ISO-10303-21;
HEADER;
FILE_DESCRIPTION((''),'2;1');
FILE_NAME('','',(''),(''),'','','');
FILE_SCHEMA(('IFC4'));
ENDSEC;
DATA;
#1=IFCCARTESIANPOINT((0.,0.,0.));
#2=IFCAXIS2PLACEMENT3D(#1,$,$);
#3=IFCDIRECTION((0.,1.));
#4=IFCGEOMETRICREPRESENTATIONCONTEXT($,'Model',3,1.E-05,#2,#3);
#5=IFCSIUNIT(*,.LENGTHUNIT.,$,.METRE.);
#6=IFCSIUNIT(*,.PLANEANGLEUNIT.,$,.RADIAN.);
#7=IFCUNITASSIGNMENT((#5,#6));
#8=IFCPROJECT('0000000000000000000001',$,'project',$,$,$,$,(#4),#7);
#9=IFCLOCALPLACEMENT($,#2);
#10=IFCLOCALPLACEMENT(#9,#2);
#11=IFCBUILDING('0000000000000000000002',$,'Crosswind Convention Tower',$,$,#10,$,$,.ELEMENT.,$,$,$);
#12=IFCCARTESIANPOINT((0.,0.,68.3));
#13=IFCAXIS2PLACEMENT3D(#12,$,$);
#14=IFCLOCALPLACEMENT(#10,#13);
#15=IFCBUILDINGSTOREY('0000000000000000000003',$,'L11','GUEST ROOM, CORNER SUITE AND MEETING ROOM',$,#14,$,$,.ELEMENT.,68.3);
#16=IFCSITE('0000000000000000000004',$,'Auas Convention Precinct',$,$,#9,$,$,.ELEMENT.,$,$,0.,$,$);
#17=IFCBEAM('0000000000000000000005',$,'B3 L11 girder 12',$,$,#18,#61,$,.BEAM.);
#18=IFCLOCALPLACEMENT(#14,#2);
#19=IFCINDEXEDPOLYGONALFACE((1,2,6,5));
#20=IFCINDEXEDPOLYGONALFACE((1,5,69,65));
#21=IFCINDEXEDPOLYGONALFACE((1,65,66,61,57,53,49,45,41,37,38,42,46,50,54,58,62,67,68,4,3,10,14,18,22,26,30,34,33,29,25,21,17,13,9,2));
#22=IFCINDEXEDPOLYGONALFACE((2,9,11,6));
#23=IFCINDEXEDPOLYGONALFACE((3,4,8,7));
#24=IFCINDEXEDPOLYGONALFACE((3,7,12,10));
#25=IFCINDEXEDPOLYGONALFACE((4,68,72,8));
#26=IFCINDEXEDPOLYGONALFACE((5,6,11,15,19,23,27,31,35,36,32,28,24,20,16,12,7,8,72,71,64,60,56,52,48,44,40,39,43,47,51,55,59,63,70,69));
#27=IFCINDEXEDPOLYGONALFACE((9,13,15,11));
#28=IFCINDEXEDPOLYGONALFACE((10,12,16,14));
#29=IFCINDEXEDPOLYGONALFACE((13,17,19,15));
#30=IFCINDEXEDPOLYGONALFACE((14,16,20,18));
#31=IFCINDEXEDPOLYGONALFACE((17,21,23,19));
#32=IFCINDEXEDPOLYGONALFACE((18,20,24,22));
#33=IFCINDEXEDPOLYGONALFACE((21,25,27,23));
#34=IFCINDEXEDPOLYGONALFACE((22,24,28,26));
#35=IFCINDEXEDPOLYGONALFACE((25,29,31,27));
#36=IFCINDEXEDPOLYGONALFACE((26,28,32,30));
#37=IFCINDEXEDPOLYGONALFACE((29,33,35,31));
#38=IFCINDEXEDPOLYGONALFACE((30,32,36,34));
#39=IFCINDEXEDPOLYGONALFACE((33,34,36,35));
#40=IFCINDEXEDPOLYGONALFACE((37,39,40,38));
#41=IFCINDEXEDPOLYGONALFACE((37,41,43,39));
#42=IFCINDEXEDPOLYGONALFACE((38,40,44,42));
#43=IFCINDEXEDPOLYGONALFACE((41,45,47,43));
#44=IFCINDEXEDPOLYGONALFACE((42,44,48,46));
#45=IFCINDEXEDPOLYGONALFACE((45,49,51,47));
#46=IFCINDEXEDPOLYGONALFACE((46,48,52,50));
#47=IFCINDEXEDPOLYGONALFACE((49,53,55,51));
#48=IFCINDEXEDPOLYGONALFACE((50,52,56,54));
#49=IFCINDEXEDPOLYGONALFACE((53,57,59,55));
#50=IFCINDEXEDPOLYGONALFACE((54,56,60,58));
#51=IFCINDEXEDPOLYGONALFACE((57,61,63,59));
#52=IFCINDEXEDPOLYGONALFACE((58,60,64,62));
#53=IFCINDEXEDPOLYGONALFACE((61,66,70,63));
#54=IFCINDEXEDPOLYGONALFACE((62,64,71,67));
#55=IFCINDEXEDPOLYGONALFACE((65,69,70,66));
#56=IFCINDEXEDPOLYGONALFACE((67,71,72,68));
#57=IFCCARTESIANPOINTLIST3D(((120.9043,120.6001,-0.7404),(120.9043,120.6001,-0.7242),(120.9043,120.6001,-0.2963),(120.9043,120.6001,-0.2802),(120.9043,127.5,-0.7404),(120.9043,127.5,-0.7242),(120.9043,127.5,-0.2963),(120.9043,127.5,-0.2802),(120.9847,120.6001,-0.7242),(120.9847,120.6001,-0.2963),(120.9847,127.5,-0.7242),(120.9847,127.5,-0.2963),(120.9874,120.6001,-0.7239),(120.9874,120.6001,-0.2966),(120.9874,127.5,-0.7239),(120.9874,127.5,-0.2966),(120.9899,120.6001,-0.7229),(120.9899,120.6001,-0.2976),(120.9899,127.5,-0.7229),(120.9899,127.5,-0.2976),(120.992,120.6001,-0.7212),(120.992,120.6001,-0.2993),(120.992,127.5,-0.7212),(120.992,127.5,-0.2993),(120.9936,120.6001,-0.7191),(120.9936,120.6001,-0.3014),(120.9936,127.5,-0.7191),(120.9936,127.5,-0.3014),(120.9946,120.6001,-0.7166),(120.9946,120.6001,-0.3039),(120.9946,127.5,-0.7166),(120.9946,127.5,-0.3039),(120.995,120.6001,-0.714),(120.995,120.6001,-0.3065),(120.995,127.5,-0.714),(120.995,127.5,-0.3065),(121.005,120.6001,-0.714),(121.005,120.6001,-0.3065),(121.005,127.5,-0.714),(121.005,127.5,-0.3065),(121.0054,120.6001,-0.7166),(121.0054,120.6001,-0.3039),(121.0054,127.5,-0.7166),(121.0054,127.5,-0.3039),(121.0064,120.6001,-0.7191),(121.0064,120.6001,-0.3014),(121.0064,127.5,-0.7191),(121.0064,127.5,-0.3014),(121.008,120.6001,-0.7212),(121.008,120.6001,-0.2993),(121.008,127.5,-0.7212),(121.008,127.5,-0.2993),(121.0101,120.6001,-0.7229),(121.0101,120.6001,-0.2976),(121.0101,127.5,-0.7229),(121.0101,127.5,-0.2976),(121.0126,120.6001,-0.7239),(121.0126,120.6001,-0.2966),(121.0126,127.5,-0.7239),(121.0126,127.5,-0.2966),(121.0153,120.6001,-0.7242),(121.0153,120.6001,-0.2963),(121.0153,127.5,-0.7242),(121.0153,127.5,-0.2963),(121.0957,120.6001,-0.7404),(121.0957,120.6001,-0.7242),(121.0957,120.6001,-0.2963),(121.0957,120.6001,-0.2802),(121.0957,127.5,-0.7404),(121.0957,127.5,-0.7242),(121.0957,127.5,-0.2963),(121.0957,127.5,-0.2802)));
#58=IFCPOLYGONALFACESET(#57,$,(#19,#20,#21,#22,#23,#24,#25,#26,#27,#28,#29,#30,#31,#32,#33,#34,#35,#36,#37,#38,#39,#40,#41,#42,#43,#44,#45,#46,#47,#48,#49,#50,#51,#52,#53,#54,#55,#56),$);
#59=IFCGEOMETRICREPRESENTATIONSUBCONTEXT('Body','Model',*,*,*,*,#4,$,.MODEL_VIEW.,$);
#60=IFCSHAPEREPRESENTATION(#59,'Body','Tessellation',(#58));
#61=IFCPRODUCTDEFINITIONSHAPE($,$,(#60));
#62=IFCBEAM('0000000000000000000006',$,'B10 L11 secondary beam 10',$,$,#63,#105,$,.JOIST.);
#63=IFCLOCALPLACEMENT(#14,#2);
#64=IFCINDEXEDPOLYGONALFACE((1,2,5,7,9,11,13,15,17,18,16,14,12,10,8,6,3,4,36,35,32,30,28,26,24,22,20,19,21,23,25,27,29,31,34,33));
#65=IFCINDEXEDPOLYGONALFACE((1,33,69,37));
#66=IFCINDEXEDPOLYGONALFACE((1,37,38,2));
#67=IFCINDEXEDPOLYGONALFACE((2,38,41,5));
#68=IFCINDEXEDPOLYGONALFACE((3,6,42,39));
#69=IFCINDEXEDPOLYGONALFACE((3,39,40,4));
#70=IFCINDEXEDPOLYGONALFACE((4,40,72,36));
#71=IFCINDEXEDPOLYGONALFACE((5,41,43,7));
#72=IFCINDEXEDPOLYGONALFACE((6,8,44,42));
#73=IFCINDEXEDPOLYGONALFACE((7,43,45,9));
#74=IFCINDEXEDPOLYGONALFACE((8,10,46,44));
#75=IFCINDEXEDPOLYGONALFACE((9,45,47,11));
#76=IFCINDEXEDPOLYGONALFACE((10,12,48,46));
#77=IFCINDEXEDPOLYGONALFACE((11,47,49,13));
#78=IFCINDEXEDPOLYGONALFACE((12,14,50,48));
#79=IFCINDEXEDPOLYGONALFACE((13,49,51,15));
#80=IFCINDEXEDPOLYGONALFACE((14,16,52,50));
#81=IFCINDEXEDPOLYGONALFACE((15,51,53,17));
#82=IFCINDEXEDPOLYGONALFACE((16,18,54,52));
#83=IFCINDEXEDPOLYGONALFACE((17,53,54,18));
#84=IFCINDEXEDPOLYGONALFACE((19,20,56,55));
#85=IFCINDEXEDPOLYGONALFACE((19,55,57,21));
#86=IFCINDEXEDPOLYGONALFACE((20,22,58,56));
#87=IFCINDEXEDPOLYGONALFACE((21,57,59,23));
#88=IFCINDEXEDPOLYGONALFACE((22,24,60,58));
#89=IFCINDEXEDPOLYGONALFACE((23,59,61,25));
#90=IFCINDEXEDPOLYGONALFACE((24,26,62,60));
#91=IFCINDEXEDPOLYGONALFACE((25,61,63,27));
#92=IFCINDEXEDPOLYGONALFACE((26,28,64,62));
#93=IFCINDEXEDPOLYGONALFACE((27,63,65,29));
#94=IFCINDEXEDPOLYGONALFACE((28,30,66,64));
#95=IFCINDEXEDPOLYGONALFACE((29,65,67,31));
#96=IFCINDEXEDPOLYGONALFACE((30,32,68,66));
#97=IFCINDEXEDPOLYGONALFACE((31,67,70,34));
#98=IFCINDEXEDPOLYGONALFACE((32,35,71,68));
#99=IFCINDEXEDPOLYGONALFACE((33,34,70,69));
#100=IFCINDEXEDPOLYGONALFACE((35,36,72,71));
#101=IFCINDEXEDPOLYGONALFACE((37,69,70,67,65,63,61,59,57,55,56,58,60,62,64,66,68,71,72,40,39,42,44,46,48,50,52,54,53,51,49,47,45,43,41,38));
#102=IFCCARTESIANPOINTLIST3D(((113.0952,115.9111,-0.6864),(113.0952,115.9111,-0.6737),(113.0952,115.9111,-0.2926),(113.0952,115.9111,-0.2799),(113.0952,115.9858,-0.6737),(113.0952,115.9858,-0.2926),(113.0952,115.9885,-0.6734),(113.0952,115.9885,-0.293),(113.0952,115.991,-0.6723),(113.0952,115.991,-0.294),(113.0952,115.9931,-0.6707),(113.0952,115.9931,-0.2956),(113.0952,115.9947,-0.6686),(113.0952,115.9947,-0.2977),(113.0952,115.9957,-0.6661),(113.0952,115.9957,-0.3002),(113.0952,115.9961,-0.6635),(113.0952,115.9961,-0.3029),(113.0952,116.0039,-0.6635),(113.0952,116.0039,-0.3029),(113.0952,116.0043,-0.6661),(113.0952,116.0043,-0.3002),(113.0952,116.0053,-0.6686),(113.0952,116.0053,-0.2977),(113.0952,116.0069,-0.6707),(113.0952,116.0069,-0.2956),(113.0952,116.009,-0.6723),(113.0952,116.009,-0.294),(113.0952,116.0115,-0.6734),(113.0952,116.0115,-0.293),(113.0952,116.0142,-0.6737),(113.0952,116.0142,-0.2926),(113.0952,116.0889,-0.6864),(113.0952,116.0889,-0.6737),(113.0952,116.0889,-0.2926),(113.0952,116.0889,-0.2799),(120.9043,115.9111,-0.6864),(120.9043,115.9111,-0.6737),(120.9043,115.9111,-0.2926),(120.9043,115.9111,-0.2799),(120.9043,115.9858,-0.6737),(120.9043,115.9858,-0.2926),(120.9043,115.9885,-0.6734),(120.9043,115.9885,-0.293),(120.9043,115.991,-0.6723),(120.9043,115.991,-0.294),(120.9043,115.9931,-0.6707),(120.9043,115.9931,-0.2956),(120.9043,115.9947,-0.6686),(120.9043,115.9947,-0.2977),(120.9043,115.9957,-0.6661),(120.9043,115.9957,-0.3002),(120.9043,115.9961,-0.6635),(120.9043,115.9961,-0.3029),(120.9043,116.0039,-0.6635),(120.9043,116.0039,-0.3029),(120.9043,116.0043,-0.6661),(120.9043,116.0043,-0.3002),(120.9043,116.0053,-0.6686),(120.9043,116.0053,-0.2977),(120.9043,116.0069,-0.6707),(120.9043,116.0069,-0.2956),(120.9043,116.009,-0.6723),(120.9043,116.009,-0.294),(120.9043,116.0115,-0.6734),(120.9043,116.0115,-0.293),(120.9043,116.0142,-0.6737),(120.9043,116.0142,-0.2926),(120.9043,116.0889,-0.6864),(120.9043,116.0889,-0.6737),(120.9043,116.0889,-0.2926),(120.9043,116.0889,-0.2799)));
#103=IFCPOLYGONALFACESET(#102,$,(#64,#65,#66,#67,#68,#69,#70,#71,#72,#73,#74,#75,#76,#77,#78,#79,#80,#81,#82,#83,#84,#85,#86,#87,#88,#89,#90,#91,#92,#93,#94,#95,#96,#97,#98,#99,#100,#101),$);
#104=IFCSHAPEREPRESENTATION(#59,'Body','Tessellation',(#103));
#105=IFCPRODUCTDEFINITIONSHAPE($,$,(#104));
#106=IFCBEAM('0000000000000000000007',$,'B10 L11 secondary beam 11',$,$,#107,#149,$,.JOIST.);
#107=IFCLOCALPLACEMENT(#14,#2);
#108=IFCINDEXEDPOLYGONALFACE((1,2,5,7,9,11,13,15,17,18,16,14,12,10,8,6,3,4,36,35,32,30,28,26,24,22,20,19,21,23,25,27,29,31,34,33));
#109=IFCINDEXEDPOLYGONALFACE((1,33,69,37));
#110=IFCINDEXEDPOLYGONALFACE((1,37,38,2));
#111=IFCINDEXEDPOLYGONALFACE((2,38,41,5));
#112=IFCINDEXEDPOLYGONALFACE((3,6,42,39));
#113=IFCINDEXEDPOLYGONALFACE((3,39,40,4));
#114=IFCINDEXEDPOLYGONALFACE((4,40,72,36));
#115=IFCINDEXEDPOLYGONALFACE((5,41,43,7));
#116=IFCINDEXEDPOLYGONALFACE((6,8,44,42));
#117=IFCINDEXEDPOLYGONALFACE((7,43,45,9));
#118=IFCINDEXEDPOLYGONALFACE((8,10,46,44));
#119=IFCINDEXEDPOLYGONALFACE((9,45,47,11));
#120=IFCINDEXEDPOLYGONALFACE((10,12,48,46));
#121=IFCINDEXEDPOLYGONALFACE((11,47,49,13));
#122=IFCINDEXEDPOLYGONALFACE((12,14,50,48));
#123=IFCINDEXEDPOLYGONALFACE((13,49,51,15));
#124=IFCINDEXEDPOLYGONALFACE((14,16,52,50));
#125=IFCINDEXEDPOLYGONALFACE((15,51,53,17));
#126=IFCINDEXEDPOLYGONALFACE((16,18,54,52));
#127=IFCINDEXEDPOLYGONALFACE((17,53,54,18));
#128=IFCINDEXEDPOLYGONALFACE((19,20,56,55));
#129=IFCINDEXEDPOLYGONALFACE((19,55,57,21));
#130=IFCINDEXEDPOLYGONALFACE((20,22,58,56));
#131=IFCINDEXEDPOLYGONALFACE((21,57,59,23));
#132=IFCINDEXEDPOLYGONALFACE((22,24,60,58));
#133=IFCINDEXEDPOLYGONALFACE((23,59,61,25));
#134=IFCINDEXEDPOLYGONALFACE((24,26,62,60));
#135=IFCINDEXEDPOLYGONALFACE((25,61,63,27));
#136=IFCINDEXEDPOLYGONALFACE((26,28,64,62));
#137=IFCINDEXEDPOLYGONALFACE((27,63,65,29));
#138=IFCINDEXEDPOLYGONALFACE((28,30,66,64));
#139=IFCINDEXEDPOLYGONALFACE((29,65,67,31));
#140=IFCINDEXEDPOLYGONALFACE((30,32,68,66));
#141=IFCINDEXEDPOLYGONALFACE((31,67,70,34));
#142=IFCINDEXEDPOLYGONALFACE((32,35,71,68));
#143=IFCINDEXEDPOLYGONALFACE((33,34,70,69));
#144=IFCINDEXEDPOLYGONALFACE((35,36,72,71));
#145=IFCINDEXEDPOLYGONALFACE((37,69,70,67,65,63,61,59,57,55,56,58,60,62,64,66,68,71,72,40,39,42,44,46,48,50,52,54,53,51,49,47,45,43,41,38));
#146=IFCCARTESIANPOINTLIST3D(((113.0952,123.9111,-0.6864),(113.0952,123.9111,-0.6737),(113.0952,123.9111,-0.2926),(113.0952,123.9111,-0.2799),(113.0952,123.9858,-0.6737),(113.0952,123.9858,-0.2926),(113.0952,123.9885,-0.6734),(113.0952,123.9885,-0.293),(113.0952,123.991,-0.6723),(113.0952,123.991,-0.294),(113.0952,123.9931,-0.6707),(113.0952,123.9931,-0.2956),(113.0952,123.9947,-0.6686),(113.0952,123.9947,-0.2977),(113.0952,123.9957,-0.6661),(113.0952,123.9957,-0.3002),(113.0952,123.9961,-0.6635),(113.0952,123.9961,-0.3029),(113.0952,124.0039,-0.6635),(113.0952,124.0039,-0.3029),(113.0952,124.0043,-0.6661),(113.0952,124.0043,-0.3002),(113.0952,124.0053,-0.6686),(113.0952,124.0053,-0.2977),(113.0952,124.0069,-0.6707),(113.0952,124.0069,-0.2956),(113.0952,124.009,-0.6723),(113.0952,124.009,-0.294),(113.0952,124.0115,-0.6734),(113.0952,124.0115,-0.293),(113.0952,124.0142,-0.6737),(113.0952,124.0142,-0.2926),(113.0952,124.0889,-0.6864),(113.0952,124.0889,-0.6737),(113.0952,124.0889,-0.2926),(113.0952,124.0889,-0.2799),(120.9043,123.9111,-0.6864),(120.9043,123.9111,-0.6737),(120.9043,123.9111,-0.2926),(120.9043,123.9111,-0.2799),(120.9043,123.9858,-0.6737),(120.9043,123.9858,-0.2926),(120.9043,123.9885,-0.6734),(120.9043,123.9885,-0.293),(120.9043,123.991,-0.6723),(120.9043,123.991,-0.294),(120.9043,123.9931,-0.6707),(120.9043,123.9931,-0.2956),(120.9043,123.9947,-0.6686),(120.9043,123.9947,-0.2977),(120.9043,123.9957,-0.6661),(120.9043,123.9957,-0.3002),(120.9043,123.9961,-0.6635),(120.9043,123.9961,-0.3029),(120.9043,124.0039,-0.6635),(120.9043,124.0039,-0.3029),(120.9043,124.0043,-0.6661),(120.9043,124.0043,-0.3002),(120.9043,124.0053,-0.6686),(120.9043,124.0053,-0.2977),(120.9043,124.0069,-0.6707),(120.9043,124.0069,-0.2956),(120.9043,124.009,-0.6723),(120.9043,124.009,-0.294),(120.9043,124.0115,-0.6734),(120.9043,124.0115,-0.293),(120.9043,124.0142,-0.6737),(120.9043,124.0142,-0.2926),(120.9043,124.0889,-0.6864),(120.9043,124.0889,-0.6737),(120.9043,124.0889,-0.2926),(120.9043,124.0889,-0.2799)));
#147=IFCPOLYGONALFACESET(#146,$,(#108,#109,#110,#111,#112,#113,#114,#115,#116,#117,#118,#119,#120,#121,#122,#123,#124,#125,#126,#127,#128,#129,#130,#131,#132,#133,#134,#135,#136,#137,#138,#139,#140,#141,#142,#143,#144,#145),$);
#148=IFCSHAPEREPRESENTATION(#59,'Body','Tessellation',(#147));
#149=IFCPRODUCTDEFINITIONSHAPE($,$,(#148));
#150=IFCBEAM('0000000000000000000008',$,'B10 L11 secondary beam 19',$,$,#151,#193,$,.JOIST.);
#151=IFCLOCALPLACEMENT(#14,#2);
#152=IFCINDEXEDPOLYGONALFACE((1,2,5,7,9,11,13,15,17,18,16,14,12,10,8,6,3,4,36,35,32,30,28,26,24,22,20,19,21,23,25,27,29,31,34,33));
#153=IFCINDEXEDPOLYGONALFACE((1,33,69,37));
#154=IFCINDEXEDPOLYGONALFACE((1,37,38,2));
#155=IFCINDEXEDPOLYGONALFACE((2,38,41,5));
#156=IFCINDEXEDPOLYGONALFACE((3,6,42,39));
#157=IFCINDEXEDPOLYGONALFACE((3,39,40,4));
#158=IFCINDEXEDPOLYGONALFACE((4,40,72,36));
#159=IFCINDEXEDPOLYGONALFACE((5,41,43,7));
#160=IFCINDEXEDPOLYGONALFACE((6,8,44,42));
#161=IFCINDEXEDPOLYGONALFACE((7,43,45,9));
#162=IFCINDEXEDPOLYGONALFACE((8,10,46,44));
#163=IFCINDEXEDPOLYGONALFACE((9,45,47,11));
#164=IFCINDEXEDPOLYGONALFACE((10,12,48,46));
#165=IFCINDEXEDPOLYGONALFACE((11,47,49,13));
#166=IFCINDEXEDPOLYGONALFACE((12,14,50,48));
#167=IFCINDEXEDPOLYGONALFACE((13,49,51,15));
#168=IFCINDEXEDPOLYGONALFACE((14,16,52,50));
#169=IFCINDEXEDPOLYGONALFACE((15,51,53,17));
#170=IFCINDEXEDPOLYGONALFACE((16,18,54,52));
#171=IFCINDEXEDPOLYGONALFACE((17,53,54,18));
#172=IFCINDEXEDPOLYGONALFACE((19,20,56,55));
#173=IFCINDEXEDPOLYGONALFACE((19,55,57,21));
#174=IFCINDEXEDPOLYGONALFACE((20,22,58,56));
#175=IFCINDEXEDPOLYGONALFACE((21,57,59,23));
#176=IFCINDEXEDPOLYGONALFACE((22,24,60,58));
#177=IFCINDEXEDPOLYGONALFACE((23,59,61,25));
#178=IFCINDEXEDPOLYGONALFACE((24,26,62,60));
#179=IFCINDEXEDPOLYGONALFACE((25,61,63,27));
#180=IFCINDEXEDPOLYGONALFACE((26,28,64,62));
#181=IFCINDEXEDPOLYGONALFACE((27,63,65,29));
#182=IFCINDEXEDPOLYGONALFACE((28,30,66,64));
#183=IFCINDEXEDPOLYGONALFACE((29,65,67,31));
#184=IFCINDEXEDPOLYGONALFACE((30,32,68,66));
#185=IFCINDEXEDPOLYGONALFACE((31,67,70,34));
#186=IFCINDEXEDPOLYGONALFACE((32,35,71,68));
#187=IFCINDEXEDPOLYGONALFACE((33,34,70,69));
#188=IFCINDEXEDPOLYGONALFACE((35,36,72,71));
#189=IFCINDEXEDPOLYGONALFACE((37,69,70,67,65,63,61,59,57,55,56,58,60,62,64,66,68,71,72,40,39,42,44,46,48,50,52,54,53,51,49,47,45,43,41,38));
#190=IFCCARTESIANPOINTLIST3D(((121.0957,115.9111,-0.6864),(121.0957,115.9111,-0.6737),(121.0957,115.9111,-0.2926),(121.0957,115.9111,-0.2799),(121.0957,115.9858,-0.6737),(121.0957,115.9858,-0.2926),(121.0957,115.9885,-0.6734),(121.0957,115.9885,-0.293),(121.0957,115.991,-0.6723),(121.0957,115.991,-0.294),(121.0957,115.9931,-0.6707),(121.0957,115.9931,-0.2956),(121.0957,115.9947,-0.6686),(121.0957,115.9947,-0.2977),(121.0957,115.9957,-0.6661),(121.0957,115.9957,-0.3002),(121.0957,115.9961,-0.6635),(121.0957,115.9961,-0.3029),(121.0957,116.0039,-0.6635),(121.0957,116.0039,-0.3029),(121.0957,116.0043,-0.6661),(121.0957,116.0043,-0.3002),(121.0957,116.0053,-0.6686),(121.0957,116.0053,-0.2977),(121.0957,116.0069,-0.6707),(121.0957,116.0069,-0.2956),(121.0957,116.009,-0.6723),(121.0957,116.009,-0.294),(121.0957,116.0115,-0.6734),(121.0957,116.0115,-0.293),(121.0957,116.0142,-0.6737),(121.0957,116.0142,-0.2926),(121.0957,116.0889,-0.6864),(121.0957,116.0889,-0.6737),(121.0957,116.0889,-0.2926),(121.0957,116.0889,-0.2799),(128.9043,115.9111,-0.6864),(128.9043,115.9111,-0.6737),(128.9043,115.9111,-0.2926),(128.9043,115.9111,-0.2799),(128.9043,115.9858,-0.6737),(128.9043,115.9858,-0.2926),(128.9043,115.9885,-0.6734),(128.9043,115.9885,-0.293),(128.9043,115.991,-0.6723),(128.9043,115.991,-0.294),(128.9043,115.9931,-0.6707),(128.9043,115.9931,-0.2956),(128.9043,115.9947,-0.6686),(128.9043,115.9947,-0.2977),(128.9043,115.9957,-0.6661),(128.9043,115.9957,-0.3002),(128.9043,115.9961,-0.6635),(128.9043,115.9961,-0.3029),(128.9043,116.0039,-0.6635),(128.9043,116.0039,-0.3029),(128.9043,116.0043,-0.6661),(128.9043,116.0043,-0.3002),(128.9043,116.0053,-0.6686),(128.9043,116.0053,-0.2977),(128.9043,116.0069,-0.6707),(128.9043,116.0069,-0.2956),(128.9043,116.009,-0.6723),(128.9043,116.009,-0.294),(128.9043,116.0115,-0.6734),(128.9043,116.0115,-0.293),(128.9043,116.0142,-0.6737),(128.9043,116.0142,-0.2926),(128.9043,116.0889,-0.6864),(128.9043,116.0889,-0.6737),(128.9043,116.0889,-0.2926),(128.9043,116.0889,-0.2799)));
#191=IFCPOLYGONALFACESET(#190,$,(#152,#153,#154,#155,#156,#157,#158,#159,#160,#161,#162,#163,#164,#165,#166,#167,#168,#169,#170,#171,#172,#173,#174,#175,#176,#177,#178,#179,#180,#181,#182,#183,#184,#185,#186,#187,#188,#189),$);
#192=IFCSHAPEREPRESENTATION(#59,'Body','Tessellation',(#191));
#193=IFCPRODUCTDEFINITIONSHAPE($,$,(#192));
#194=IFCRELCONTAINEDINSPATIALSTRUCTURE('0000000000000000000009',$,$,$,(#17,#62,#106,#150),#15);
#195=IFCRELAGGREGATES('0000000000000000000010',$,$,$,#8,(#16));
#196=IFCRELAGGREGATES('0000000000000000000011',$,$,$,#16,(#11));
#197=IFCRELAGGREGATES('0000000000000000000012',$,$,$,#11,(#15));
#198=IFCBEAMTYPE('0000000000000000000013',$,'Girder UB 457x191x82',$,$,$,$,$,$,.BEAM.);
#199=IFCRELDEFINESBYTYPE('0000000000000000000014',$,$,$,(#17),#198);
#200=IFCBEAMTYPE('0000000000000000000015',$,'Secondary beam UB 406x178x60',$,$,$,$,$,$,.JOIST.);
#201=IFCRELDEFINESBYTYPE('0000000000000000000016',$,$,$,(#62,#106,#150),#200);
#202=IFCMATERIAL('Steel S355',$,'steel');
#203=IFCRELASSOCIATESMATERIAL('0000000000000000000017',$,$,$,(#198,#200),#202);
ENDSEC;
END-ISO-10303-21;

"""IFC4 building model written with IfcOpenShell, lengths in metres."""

from ifc_helpers import new_model, si_unit, direction, frame, origin, origin_2d, place, context, subcontext, project, spatial, i_section, extrude, material, material_profile, profile_set, type_object, element, save


model = new_model("IFC4")

# Units and contexts
model_context = context("Model", 3, precision=1e-05, world=origin(), true_north=direction((0.0, 1.0)))
body_context = subcontext(model_context, "Body", "Model", "MODEL_VIEW")
ifc_project = project(units=[si_unit("LENGTHUNIT", "METRE"), si_unit("PLANEANGLEUNIT", "RADIAN")], contexts=[model_context])

# Site, building, storey
site_placement = place(None, origin())
site = spatial("IfcSite", under=ifc_project, at=site_placement, Name="Auas Convention Precinct", CompositionType="ELEMENT", RefElevation=0.0)
building_placement = place(site_placement, origin())
building = spatial("IfcBuilding", under=site, at=building_placement, Name="Crosswind Convention Tower", CompositionType="ELEMENT")
storey_placement = place(building_placement, frame((0.0, 0.0, 68.3)))
storey = spatial("IfcBuildingStorey", under=building, at=storey_placement, Name="L11", Description="GUEST ROOM, CORNER SUITE AND MEETING ROOM", CompositionType="ELEMENT", Elevation=68.3)

# Beams
ifc_material_1 = material(Name="Steel S355", Category="steel")
ifc_material_profile_1 = material_profile(ifc_material_1, i_section(OverallWidth=0.1914, OverallDepth=0.4602, WebThickness=0.01, FlangeThickness=0.0161, FilletRadius=0.0103, at=origin_2d()), Name="UB 457x191x82")
ifc_profile_set_1 = profile_set([ifc_material_profile_1], Name="Steel S355")
beam_type_1 = type_object("IfcBeamType", Name="Girder UB 457x191x82", PredefinedType="BEAM", material=ifc_profile_set_1)
beam_1_placement = place(storey_placement, frame((121.0, 120.6001, -0.5103), z_axis=(0.0, 1.0, 0.0), x_axis=(-1.0, 0.0, 0.0)))
element("IfcBeam", 1, at=beam_1_placement, inside=storey, type_object=beam_type_1, Name="B3 L11 girder 12", PredefinedType="BEAM", context=body_context, shape_type="SweptSolid", body=[
    extrude(i_section(OverallWidth=0.1914, OverallDepth=0.4602, WebThickness=0.01, FlangeThickness=0.0161, FilletRadius=0.0103, at=origin_2d()), origin(), (0.0, 0.0, 1.0), 6.8999),
])
ifc_material_profile_2 = material_profile(ifc_material_1, i_section(OverallWidth=0.1777, OverallDepth=0.4065, WebThickness=0.0078, FlangeThickness=0.0127, FilletRadius=0.0103, at=origin_2d()), Name="UB 406x178x60")
ifc_profile_set_2 = profile_set([ifc_material_profile_2], Name="Steel S355")
beam_type_2 = type_object("IfcBeamType", Name="Secondary beam UB 406x178x60", PredefinedType="JOIST", material=ifc_profile_set_2)
for number, where, z_axis, x_axis, name in (
    (2, (113.0952, 116.0, -0.4832), (1.0, 0.0, 0.0), (0.0, 1.0, 0.0), "B10 L11 secondary beam 10"),
    (3, (113.0952, 124.0, -0.4832), (1.0, 0.0, 0.0), (0.0, 1.0, 0.0), "B10 L11 secondary beam 11"),
):
    element("IfcBeam", number, at=place(storey_placement, frame(where, z_axis=z_axis, x_axis=x_axis)), inside=storey, type_object=beam_type_2, Name=name, PredefinedType="JOIST", context=body_context, shape_type="SweptSolid", body=[
        extrude(i_section(OverallWidth=0.1777, OverallDepth=0.4065, WebThickness=0.0078, FlangeThickness=0.0127, FilletRadius=0.0103, at=origin_2d()), origin(), (0.0, 0.0, 1.0), 7.8091),
    ])
for number, where, z_axis, x_axis, name in (
    (4, (121.0957, 116.0, -0.4832), (1.0, 0.0, 0.0), (0.0, 1.0, 0.0), "B10 L11 secondary beam 19"),
):
    element("IfcBeam", number, at=place(storey_placement, frame(where, z_axis=z_axis, x_axis=x_axis)), inside=storey, type_object=beam_type_2, Name=name, PredefinedType="JOIST", context=body_context, shape_type="SweptSolid", body=[
        extrude(i_section(OverallWidth=0.1777, OverallDepth=0.4065, WebThickness=0.0078, FlangeThickness=0.0127, FilletRadius=0.0103, at=origin_2d()), origin(), (0.0, 0.0, 1.0), 7.8086),
    ])

save(model, "model.ifc")
